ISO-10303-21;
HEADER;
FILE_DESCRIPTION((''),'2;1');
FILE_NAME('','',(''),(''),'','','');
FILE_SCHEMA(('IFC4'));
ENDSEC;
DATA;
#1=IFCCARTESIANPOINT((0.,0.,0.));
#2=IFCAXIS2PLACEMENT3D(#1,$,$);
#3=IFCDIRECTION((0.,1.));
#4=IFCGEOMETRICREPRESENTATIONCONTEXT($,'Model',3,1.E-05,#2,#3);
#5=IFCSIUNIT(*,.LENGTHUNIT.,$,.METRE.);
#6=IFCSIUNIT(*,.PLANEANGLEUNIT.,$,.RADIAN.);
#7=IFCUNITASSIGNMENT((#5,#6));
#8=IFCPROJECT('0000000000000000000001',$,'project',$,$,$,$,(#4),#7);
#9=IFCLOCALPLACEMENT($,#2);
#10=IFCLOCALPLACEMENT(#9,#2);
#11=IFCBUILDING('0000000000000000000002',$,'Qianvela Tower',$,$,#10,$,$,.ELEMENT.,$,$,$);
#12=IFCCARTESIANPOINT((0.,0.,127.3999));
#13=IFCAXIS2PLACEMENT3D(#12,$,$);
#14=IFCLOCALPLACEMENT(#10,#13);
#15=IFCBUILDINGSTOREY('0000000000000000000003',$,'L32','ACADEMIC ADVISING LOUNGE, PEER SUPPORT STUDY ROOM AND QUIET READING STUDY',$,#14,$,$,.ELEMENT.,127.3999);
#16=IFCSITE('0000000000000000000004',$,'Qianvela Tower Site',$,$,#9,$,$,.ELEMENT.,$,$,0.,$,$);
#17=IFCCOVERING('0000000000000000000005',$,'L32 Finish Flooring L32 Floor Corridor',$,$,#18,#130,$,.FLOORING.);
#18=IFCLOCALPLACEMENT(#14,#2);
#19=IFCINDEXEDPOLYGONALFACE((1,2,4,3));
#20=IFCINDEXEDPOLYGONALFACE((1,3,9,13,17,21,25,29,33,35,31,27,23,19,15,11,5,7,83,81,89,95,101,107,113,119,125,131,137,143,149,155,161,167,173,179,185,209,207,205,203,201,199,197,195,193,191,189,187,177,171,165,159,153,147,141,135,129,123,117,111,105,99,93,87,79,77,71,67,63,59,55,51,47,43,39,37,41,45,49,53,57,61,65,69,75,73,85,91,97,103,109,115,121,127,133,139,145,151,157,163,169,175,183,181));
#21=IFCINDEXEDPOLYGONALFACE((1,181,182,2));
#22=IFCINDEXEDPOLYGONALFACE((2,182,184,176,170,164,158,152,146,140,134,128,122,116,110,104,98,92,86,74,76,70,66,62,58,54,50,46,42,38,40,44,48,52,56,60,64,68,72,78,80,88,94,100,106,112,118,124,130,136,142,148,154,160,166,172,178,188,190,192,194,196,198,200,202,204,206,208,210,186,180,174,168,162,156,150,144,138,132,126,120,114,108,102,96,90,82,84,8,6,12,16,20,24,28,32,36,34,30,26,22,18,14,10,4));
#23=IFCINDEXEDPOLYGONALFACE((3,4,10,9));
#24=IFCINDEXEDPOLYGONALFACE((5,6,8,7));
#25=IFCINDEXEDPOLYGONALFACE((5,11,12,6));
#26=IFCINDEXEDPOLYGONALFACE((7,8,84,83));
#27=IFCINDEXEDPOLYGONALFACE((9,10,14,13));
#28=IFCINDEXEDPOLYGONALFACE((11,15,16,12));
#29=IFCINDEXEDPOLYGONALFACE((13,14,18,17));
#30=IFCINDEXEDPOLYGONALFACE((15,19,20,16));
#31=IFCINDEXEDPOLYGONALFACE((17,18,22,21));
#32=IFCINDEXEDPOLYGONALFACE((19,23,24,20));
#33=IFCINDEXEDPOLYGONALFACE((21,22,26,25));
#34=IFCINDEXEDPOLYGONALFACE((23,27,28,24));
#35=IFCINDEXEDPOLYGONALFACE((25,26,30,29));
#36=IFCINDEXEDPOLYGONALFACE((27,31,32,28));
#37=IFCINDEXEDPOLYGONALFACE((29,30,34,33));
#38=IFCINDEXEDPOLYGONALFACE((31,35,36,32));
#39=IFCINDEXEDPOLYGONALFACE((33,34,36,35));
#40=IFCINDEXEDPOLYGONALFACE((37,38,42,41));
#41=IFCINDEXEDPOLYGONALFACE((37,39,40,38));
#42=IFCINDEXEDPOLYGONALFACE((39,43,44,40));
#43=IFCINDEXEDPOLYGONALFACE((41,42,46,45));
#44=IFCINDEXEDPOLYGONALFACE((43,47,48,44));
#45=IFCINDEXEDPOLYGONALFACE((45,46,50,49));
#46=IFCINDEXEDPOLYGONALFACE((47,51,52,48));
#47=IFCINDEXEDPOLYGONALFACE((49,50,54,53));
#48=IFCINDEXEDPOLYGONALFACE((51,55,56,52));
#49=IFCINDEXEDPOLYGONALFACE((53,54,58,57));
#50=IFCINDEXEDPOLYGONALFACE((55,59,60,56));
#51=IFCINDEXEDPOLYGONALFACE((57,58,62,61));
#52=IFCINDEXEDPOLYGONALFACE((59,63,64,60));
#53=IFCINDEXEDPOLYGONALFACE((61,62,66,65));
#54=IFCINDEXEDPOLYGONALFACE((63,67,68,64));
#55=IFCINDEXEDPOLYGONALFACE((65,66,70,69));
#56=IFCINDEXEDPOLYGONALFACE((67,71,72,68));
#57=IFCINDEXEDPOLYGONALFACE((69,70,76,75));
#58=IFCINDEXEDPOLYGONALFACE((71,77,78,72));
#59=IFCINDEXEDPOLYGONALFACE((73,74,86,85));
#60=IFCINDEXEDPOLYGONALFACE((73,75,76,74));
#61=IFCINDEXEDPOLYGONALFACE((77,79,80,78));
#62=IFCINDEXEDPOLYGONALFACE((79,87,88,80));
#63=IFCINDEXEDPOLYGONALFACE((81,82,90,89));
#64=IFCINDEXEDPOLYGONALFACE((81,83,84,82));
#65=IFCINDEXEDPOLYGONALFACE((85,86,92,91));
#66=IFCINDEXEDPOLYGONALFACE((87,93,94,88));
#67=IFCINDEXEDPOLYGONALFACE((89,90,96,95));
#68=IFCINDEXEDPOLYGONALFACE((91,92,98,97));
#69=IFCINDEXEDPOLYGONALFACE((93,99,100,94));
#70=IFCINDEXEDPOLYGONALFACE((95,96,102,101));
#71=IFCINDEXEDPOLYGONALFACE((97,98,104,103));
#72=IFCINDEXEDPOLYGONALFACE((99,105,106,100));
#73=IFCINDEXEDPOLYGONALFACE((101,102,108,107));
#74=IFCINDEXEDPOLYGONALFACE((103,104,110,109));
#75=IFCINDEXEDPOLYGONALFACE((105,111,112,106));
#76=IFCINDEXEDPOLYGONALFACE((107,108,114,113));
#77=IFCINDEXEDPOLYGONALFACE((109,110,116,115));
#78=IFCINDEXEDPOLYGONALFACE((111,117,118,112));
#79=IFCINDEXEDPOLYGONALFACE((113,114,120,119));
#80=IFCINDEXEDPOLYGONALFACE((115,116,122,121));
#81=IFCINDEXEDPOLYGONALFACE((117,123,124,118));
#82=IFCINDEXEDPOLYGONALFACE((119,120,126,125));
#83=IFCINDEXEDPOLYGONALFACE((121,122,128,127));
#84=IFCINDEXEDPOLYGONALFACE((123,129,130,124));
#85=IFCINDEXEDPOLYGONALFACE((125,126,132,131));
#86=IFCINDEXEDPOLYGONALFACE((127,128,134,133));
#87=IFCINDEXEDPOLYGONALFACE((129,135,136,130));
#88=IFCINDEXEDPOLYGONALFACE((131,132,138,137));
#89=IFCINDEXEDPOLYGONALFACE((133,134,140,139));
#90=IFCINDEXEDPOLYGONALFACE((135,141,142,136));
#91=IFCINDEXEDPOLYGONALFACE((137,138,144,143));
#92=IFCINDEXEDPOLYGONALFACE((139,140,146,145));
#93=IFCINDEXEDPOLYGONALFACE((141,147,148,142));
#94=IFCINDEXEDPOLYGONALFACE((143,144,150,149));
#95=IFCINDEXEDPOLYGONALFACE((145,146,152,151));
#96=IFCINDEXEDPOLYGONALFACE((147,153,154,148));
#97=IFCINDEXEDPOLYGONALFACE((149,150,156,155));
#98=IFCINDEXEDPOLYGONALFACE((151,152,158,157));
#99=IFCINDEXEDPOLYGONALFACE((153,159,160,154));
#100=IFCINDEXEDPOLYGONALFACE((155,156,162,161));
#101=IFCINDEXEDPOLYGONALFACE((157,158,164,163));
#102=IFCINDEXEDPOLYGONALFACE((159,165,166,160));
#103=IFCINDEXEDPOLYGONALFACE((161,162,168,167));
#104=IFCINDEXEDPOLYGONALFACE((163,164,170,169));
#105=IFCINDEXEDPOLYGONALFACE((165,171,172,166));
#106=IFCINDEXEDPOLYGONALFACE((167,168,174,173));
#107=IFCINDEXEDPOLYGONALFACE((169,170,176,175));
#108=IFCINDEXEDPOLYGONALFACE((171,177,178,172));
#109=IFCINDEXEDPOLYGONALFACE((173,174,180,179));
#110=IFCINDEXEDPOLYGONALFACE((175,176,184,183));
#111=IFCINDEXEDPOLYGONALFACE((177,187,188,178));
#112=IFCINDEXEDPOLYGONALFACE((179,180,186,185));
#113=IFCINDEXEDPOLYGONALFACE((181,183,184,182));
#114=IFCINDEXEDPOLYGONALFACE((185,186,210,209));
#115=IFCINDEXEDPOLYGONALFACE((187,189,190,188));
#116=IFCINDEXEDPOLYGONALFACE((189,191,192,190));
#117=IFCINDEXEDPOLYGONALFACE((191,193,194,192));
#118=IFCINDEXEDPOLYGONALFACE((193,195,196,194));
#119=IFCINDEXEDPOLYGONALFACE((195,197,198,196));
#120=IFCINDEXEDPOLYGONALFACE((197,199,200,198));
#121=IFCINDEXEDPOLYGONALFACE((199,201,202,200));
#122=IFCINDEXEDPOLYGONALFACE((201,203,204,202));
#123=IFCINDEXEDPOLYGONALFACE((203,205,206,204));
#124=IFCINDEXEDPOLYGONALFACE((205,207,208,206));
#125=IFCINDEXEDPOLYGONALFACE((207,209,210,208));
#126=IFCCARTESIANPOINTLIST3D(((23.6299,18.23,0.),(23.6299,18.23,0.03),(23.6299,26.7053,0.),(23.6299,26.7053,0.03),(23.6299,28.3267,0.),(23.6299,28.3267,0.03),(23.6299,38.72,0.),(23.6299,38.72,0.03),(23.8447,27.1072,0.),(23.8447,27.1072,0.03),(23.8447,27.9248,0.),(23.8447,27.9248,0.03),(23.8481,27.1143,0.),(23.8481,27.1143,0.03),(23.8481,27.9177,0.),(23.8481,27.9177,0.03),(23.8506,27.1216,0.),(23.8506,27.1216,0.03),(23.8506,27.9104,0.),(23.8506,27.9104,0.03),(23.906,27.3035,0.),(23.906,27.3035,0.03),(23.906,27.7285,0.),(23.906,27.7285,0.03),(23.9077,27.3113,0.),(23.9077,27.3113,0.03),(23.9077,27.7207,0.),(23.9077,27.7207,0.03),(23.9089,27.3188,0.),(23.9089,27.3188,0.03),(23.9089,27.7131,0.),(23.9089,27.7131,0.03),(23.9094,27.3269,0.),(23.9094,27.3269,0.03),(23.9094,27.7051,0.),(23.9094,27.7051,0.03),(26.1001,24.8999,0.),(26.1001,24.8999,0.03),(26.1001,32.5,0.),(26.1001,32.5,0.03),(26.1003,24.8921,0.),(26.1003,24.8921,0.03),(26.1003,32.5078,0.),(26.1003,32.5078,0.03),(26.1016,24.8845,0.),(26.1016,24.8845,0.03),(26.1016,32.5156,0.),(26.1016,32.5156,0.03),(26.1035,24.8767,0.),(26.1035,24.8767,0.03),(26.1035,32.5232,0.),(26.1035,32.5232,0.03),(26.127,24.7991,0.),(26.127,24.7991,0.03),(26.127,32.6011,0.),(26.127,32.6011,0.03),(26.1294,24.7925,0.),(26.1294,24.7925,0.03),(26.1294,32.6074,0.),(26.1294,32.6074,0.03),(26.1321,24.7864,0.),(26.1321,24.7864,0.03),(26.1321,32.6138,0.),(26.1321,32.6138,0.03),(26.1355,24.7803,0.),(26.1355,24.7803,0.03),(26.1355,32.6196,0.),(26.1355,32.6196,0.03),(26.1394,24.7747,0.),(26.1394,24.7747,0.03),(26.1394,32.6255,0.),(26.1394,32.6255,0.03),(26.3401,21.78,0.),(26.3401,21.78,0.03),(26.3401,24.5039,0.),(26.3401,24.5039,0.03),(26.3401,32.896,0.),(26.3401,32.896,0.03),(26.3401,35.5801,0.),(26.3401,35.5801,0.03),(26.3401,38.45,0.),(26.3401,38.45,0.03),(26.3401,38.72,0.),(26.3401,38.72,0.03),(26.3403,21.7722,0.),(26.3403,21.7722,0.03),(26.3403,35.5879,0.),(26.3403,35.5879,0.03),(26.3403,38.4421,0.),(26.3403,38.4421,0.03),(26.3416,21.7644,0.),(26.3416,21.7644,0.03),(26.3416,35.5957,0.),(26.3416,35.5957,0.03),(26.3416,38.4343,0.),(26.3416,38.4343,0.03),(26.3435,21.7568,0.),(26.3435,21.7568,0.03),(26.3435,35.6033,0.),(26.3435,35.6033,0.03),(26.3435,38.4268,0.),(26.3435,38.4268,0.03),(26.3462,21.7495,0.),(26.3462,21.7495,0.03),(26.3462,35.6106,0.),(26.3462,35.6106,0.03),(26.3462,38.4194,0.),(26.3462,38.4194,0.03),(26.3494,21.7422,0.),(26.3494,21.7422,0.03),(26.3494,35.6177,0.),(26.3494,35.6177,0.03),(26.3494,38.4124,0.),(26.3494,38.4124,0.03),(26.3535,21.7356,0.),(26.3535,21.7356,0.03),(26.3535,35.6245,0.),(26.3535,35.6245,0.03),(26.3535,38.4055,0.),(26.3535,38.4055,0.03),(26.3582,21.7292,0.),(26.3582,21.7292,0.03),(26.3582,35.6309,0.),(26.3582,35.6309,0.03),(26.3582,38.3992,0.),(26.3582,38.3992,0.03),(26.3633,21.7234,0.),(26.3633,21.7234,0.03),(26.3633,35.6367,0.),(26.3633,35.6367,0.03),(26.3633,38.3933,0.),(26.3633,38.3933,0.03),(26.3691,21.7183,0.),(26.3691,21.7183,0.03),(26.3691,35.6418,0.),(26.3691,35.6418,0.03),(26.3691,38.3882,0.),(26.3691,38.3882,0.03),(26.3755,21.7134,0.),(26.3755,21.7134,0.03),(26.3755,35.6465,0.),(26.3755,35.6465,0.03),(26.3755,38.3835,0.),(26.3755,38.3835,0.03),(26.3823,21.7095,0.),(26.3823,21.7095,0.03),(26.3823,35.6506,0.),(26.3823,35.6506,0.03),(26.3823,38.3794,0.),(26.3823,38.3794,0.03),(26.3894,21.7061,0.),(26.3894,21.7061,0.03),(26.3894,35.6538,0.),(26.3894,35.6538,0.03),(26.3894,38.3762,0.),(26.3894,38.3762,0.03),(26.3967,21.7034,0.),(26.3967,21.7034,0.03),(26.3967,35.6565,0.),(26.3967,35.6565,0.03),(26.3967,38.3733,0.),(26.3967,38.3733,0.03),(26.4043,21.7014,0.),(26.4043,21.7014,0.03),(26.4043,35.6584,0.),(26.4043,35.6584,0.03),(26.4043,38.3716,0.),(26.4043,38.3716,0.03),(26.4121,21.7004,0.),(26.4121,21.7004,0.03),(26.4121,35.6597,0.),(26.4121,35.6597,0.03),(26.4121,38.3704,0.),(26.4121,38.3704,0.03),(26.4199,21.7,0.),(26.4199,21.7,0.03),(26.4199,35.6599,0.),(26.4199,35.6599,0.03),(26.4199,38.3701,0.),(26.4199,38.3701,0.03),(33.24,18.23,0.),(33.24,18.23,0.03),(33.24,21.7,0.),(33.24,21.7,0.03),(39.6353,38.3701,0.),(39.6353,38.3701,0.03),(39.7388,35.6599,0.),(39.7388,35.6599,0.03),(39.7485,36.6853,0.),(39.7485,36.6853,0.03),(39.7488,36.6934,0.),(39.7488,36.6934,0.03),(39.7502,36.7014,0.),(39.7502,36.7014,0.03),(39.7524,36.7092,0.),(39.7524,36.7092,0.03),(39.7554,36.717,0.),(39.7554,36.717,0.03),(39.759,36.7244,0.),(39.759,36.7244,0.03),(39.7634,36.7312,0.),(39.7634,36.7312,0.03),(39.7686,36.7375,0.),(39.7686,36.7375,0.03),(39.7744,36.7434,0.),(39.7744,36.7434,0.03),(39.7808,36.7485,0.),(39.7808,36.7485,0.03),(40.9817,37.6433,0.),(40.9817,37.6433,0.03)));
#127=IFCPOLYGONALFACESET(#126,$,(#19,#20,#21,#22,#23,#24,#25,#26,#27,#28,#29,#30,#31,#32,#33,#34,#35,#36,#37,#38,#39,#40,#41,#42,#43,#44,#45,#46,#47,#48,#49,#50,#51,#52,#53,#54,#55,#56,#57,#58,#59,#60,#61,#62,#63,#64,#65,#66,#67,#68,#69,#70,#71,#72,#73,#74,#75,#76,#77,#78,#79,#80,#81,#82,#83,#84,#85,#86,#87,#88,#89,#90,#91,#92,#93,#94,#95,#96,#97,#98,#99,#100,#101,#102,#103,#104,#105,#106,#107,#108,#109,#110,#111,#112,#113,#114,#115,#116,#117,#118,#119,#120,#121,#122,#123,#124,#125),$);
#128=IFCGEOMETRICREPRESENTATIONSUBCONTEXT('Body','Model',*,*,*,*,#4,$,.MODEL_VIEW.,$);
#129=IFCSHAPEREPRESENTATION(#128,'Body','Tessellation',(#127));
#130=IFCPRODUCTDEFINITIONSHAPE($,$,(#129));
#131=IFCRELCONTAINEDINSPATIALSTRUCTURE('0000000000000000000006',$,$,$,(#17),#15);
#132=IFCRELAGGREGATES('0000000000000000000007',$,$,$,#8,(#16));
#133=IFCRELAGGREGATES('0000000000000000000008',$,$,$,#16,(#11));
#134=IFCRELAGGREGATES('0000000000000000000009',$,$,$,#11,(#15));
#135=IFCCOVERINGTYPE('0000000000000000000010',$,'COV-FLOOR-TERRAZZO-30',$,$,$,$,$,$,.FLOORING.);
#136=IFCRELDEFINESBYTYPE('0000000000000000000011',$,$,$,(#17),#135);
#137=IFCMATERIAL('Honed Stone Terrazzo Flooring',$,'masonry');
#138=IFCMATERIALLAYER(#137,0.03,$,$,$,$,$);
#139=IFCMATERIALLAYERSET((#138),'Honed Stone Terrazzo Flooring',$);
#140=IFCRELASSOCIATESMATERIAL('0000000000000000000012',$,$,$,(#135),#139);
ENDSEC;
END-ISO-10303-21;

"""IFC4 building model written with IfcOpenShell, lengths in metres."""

from ifc_helpers import new_model, si_unit, direction, frame, origin, place, context, subcontext, project, spatial, polyline, outline, extrude, material, layer, layer_set, type_object, element, save


model = new_model("IFC4")

# Units and contexts
model_context = context("Model", 3, precision=1e-05, world=origin(), true_north=direction((0.0, 1.0)))
body_context = subcontext(model_context, "Body", "Model", "MODEL_VIEW")
ifc_project = project(units=[si_unit("LENGTHUNIT", "METRE"), si_unit("PLANEANGLEUNIT", "RADIAN")], contexts=[model_context])

# Site, building, storey
site_placement = place(None, origin())
site = spatial("IfcSite", under=ifc_project, at=site_placement, Name="Qianvela Tower Site", CompositionType="ELEMENT", RefElevation=0.0)
building_placement = place(site_placement, origin())
building = spatial("IfcBuilding", under=site, at=building_placement, Name="Qianvela Tower", CompositionType="ELEMENT")
storey_placement = place(building_placement, frame((0.0, 0.0, 127.3999)))
storey = spatial("IfcBuildingStorey", under=building, at=storey_placement, Name="L32", Description="ACADEMIC ADVISING LOUNGE, PEER SUPPORT STUDY ROOM AND QUIET READING STUDY", CompositionType="ELEMENT", Elevation=127.3999)

# Covering
ifc_material_1 = material(Name="Honed Stone Terrazzo Flooring", Category="masonry")
ifc_layer_1 = layer(ifc_material_1, 0.03)
ifc_layer_set_1 = layer_set([ifc_layer_1], Name="Honed Stone Terrazzo Flooring")
covering_type_1 = type_object("IfcCoveringType", Name="COV-FLOOR-TERRAZZO-30", PredefinedType="FLOORING", material=ifc_layer_set_1)
covering_1_placement = place(storey_placement, origin())
element("IfcCovering", 1, at=covering_1_placement, inside=storey, type_object=covering_type_1, Name="L32 Finish Flooring L32 Floor Corridor", PredefinedType="FLOORING", context=body_context, shape_type="SweptSolid", body=[
    extrude(outline(polyline([(23.8506, 27.9104), (23.8481, 27.9177), (23.8447, 27.9248), (23.6299, 28.3267), (23.6299, 38.72), (26.3401, 38.72), (26.3401, 38.45), (26.3403, 38.4421), (26.3416, 38.4343), (26.3435, 38.4268), (26.3462, 38.4194), (26.3494, 38.4124), (26.3535, 38.4055), (26.3582, 38.3992), (26.3633, 38.3933), (26.3691, 38.3882), (26.3755, 38.3835), (26.3823, 38.3794), (26.3894, 38.3762), (26.3967, 38.3733), (26.4043, 38.3716), (26.4121, 38.3704), (26.4199, 38.3701), (39.6353, 38.3701), (40.9817, 37.6433), (39.7808, 36.7485), (39.7744, 36.7434), (39.7686, 36.7375), (39.7634, 36.7312), (39.759, 36.7244), (39.7554, 36.717), (39.7524, 36.7092), (39.7502, 36.7014), (39.7488, 36.6934), (39.7485, 36.6853), (39.7388, 35.6599), (26.4199, 35.6599), (26.4121, 35.6597), (26.4043, 35.6584), (26.3967, 35.6565), (26.3894, 35.6538), (26.3823, 35.6506), (26.3755, 35.6465), (26.3691, 35.6418), (26.3633, 35.6367), (26.3582, 35.6309), (26.3535, 35.6245), (26.3494, 35.6177), (26.3462, 35.6106), (26.3435, 35.6033), (26.3416, 35.5957), (26.3403, 35.5879), (26.3401, 35.5801), (26.3401, 32.896), (26.1394, 32.6255), (26.1355, 32.6196), (26.1321, 32.6138), (26.1294, 32.6074), (26.127, 32.6011), (26.1035, 32.5232), (26.1016, 32.5156), (26.1003, 32.5078), (26.1001, 32.5), (26.1001, 24.8999), (26.1003, 24.8921), (26.1016, 24.8845), (26.1035, 24.8767), (26.127, 24.7991), (26.1294, 24.7925), (26.1321, 24.7864), (26.1355, 24.7803), (26.1394, 24.7747), (26.3401, 24.5039), (26.3401, 21.78), (26.3403, 21.7722), (26.3416, 21.7644), (26.3435, 21.7568), (26.3462, 21.7495), (26.3494, 21.7422), (26.3535, 21.7356), (26.3582, 21.7292), (26.3633, 21.7234), (26.3691, 21.7183), (26.3755, 21.7134), (26.3823, 21.7095), (26.3894, 21.7061), (26.3967, 21.7034), (26.4043, 21.7014), (26.4121, 21.7004), (26.4199, 21.7), (33.24, 21.7), (33.24, 18.23), (23.6299, 18.23), (23.6299, 26.7053), (23.8447, 27.1072), (23.8481, 27.1143), (23.8506, 27.1216), (23.906, 27.3035), (23.9077, 27.3113), (23.9089, 27.3188), (23.9094, 27.3269), (23.9094, 27.7051), (23.9089, 27.7131), (23.9077, 27.7207), (23.906, 27.7285), (23.8506, 27.9104)])), origin(), (0.0, 0.0, 1.0), 0.03),
])

save(model, "model.ifc")
